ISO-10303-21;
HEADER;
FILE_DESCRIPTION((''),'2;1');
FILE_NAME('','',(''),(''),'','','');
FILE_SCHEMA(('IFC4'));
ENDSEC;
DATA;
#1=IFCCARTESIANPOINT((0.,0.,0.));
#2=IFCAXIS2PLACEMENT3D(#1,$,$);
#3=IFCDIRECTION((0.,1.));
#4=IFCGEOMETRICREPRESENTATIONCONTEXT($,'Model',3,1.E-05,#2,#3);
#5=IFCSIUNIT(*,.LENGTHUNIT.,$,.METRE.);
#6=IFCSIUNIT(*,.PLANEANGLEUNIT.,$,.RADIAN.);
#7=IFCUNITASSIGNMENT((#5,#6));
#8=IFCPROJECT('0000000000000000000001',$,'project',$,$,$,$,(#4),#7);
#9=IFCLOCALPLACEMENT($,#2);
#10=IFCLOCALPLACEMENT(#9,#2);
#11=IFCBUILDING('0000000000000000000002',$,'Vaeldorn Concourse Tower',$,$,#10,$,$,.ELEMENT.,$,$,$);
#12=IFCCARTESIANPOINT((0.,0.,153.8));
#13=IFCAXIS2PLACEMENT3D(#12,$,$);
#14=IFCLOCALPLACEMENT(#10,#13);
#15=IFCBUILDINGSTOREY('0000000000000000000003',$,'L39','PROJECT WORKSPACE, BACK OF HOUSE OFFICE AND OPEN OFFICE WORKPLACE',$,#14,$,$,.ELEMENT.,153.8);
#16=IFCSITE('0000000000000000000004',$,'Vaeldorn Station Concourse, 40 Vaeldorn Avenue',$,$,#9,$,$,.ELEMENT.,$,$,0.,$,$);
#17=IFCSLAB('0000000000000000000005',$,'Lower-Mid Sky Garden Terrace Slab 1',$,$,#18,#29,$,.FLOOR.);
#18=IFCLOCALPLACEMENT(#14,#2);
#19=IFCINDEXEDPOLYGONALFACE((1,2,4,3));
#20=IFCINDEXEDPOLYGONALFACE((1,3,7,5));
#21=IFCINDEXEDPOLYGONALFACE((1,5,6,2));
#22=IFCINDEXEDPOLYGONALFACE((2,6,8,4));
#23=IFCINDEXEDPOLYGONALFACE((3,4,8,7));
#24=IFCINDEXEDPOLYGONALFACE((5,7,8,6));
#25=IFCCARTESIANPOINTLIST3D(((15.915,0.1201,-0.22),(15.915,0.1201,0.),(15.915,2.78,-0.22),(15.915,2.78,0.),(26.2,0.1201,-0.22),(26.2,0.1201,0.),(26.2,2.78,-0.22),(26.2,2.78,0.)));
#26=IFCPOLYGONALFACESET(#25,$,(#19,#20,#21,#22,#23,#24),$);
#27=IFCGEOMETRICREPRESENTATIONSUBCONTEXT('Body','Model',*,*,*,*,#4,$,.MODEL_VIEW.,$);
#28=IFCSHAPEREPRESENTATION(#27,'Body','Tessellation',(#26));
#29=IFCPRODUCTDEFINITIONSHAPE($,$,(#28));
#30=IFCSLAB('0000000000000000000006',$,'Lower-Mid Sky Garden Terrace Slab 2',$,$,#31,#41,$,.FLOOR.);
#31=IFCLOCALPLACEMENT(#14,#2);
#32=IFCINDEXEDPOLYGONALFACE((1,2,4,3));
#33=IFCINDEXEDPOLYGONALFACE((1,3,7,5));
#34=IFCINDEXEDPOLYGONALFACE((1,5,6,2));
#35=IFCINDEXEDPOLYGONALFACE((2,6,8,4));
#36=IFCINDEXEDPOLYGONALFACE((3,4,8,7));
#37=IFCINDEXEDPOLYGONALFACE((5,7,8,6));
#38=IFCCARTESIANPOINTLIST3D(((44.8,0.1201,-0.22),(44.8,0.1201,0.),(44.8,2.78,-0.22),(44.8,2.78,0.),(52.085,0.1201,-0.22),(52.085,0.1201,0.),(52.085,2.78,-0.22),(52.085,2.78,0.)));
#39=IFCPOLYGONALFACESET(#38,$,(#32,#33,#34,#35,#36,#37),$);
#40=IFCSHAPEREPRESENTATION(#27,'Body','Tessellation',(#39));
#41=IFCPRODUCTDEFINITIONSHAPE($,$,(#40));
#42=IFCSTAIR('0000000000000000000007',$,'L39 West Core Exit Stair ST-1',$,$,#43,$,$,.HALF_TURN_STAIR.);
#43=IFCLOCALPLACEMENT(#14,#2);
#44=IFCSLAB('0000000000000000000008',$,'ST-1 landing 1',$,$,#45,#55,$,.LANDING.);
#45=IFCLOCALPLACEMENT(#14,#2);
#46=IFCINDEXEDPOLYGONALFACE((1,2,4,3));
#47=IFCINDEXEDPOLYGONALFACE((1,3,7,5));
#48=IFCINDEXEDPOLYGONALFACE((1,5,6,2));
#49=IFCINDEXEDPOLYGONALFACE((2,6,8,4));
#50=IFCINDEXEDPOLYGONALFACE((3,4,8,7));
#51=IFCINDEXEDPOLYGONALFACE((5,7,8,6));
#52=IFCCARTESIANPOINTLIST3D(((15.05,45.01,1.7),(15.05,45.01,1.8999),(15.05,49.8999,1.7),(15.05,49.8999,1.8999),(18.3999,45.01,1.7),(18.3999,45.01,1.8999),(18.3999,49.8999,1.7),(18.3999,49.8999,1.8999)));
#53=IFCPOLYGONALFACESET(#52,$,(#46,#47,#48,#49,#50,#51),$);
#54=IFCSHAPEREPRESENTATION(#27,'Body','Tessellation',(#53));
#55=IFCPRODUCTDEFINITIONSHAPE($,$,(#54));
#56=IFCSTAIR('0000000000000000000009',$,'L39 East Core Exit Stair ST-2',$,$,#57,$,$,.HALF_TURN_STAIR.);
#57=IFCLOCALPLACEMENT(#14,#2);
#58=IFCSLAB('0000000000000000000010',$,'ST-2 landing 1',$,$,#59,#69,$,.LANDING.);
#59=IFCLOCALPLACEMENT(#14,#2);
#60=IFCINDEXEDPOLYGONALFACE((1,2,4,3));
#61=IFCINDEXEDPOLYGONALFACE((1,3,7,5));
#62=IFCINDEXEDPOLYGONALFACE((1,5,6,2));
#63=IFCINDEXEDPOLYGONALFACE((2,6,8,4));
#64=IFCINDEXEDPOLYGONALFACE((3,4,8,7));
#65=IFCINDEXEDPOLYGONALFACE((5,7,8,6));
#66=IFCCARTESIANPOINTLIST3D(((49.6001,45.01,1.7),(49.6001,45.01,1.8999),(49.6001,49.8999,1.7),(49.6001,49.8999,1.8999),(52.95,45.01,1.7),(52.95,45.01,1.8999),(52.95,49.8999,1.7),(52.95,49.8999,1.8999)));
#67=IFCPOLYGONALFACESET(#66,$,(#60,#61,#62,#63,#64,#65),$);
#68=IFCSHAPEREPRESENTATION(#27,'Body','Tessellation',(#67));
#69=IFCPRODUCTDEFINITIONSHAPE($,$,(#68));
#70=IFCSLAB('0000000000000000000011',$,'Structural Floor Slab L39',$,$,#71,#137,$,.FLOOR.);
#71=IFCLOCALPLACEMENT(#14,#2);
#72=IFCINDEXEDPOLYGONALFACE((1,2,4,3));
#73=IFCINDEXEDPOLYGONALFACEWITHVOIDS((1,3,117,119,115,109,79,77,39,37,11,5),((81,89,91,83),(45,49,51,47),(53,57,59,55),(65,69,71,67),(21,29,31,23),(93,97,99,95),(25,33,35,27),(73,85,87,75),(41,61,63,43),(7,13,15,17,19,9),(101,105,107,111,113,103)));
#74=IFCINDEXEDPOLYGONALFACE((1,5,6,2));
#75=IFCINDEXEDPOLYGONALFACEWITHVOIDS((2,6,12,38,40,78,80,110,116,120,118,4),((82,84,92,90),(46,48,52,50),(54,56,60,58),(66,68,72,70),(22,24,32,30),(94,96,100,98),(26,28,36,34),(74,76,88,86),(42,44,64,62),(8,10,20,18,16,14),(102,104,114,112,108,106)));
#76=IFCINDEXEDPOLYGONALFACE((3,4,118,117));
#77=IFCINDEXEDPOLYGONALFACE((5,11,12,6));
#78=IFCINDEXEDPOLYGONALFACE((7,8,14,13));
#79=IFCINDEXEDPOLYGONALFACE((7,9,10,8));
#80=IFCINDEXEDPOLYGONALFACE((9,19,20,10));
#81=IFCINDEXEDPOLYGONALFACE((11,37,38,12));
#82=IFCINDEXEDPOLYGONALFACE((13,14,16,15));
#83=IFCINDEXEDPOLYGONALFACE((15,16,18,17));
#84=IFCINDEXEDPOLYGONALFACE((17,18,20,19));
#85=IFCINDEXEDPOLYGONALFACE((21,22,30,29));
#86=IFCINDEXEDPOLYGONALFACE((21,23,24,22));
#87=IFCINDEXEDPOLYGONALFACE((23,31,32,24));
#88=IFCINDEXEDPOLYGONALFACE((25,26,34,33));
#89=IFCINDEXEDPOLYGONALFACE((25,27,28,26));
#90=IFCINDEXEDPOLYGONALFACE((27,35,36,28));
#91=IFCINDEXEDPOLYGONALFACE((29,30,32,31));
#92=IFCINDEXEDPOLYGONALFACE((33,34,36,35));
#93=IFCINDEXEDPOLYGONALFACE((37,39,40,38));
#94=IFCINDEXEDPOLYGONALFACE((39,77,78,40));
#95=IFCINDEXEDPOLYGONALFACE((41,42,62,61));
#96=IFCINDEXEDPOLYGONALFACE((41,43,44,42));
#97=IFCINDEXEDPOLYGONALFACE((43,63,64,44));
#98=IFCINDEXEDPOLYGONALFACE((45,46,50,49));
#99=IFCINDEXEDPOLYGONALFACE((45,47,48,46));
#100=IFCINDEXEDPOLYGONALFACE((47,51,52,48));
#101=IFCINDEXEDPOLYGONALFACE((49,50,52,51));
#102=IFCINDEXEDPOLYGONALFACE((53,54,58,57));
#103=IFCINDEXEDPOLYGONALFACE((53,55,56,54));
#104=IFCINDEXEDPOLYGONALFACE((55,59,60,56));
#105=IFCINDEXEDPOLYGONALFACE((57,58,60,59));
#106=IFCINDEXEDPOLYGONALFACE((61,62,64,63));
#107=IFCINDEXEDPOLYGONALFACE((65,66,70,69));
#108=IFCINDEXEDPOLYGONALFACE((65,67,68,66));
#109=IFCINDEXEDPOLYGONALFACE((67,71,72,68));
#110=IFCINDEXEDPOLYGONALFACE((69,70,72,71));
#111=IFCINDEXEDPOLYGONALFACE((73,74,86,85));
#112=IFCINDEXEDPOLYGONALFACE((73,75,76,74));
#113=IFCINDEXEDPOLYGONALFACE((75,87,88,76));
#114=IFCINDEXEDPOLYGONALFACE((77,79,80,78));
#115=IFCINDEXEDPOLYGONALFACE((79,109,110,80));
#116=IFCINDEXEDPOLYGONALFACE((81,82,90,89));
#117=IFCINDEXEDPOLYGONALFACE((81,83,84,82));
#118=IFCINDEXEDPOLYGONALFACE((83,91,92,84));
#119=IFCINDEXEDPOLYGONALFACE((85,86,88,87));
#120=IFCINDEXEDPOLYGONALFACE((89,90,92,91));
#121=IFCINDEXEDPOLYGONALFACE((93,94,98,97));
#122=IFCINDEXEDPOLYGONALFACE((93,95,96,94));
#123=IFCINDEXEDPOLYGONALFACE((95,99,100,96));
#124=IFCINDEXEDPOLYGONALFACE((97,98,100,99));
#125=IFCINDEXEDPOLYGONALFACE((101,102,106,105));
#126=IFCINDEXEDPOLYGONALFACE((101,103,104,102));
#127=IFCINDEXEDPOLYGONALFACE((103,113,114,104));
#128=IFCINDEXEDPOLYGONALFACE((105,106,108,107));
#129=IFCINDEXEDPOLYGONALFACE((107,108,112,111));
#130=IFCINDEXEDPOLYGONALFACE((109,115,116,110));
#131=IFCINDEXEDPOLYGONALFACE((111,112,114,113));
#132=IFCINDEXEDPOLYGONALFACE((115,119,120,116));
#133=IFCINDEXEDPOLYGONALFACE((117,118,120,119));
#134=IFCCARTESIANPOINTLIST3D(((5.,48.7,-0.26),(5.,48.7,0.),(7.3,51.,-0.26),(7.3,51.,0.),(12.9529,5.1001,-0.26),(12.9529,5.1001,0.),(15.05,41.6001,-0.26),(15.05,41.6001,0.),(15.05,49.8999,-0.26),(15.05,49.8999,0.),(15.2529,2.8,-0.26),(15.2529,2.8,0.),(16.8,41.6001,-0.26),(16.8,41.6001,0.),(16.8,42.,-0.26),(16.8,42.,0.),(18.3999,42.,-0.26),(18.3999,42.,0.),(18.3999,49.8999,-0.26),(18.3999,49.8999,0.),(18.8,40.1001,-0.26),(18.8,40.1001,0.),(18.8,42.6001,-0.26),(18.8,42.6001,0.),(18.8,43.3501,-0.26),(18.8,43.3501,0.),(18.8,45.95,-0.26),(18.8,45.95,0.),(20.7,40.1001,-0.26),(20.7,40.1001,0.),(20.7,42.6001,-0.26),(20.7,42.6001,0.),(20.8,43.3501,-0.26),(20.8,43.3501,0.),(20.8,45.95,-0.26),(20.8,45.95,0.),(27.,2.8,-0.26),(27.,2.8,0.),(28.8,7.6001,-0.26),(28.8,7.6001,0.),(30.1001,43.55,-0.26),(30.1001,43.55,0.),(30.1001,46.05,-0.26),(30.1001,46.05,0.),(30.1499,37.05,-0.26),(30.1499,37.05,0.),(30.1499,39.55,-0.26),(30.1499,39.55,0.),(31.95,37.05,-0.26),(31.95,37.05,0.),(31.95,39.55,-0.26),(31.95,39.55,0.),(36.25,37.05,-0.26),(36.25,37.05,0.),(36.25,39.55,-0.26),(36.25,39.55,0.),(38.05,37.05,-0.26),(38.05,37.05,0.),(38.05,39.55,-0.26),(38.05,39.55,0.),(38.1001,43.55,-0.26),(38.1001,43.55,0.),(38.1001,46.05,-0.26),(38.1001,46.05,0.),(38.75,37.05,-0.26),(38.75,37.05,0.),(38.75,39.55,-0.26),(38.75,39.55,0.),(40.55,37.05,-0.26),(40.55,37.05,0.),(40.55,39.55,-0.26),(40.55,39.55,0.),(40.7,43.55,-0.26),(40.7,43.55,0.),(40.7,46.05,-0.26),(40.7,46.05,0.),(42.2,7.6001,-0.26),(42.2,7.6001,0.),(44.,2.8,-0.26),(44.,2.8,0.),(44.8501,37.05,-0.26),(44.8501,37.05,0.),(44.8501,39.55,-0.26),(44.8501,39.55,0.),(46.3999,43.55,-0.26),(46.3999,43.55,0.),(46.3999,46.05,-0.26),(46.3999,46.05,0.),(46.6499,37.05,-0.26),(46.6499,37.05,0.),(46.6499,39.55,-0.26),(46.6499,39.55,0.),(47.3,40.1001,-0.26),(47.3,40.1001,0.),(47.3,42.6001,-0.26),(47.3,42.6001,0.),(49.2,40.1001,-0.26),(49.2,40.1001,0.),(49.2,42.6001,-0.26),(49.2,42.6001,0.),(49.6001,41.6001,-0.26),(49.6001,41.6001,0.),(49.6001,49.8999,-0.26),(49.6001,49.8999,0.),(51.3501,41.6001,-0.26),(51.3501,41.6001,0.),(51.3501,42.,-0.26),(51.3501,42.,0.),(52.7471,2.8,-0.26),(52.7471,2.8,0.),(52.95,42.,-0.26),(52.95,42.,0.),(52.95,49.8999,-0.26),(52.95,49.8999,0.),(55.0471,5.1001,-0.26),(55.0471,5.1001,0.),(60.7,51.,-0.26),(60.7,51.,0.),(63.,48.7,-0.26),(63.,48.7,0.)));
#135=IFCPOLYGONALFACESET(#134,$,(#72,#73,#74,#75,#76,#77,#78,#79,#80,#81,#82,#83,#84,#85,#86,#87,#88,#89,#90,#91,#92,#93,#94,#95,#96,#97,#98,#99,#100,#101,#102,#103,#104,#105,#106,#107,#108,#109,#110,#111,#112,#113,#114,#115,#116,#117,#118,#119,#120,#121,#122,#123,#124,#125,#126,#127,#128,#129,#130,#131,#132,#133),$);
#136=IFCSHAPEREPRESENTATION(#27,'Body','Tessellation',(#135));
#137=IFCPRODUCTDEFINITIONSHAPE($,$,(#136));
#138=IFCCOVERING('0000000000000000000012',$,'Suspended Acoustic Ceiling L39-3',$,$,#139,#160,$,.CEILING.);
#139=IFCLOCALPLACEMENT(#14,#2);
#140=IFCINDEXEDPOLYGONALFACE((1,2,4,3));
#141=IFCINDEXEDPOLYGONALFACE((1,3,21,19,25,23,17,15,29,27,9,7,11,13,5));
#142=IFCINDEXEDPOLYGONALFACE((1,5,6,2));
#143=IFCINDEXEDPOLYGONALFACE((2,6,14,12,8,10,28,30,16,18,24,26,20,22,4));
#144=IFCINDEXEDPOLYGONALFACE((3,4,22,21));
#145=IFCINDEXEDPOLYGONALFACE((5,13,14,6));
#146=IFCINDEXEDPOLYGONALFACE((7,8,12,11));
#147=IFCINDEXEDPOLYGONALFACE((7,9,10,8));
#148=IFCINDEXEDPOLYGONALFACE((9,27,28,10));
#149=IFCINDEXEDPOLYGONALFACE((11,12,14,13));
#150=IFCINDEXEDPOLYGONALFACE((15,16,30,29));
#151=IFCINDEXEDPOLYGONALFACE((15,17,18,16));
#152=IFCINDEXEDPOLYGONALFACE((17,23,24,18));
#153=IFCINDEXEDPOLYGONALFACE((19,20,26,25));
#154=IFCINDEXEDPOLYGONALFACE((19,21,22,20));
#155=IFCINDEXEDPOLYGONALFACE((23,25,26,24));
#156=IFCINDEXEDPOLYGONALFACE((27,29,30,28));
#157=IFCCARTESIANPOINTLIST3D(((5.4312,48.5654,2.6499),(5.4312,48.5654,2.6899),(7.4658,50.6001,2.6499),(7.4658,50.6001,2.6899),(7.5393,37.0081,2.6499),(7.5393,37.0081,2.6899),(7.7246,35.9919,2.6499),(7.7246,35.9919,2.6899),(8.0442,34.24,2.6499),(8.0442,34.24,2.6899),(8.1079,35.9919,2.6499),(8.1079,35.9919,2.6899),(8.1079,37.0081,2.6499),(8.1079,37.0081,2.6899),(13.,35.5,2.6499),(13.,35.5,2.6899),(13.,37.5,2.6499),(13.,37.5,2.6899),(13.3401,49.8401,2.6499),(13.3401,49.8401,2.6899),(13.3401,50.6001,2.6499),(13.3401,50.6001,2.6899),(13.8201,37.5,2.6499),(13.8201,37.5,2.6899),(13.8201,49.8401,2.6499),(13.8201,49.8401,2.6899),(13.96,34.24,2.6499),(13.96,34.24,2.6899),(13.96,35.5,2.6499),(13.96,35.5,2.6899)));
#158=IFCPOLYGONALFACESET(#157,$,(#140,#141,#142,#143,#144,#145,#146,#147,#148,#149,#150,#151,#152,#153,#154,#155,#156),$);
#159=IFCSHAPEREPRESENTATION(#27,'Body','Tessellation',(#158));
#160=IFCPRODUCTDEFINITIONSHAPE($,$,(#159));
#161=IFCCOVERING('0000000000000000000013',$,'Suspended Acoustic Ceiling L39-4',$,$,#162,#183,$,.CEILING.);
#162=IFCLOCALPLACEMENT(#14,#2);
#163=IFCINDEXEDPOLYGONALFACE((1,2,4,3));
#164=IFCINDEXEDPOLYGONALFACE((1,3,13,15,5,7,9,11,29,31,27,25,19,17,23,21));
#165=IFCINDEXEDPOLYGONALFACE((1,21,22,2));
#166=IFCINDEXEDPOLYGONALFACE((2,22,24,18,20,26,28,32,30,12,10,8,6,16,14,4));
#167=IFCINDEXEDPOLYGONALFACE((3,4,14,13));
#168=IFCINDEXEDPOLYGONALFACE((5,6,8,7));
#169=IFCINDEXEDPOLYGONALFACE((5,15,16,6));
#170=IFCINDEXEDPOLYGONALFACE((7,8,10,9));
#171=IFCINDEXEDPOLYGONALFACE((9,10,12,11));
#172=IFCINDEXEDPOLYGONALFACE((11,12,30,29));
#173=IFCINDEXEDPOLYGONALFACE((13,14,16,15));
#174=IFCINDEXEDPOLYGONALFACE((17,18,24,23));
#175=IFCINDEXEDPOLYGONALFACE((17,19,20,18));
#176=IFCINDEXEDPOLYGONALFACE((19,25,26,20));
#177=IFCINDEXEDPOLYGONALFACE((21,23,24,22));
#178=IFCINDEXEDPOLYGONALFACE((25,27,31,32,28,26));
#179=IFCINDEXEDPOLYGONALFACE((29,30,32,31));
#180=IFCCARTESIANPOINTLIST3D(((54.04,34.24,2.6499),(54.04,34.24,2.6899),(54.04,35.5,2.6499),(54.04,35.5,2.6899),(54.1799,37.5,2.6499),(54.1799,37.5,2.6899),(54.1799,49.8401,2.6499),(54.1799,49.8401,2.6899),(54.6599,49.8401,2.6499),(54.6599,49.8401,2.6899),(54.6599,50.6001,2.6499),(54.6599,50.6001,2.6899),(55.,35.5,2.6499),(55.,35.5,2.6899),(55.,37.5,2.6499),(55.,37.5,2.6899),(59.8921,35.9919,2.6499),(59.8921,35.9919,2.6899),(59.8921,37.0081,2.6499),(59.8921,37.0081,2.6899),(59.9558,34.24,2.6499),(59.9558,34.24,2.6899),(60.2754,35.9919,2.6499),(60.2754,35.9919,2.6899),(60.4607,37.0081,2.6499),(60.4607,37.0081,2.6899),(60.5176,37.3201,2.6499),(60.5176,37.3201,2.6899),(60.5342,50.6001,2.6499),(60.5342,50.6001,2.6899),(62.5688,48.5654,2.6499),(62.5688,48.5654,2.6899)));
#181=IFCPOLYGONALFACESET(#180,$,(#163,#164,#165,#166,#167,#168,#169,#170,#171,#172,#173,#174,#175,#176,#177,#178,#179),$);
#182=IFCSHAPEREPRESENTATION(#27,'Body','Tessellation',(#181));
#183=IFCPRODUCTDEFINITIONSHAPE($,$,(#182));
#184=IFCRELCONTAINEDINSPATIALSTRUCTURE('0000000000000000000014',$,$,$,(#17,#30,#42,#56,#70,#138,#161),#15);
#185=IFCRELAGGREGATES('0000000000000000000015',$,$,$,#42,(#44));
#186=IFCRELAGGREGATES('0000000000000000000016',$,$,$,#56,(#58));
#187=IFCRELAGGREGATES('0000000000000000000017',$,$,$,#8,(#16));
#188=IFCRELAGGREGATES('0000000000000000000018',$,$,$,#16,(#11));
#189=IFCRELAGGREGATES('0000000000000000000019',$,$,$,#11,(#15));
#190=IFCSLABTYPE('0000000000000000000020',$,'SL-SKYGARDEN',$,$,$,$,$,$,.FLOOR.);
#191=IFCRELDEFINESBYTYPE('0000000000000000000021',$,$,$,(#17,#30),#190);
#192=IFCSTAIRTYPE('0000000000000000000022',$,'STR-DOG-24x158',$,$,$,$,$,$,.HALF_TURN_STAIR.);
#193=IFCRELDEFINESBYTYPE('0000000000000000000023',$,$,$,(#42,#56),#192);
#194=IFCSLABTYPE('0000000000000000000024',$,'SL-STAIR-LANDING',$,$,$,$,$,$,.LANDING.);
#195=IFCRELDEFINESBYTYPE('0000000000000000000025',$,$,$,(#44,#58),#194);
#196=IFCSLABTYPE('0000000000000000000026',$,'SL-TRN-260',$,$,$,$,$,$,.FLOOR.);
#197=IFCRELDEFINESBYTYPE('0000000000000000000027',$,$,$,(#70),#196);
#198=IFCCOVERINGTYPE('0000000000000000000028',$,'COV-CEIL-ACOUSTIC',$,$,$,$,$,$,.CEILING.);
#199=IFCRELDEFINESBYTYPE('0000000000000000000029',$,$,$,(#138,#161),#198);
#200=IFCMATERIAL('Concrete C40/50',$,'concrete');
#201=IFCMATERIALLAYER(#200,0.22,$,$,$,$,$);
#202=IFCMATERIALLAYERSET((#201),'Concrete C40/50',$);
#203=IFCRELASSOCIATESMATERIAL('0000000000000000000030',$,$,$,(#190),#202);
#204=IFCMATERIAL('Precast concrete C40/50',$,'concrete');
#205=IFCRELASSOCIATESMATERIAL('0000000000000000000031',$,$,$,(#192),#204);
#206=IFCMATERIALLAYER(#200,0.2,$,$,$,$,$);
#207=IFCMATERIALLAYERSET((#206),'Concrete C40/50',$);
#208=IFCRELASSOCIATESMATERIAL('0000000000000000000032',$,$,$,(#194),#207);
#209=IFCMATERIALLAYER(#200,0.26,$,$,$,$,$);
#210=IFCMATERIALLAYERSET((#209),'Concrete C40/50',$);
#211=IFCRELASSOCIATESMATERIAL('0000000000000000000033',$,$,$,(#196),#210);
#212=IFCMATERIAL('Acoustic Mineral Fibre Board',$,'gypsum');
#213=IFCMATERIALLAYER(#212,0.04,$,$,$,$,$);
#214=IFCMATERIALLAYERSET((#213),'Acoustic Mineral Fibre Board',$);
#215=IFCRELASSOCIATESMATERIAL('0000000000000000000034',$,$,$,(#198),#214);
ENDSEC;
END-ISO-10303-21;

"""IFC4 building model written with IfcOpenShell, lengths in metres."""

from ifc_helpers import new_model, si_unit, direction, frame, origin, place, context, subcontext, project, spatial, polyline, outline, extrude, material, layer, layer_set, type_object, element, aggregate, save


model = new_model("IFC4")

# Units and contexts
model_context = context("Model", 3, precision=1e-05, world=origin(), true_north=direction((0.0, 1.0)))
body_context = subcontext(model_context, "Body", "Model", "MODEL_VIEW")
ifc_project = project(units=[si_unit("LENGTHUNIT", "METRE"), si_unit("PLANEANGLEUNIT", "RADIAN")], contexts=[model_context])

# Site, building, storey
site_placement = place(None, origin())
site = spatial("IfcSite", under=ifc_project, at=site_placement, Name="Vaeldorn Station Concourse, 40 Vaeldorn Avenue", CompositionType="ELEMENT", RefElevation=0.0)
building_placement = place(site_placement, origin())
building = spatial("IfcBuilding", under=site, at=building_placement, Name="Vaeldorn Concourse Tower", CompositionType="ELEMENT")
storey_placement = place(building_placement, frame((0.0, 0.0, 153.8)))
storey = spatial("IfcBuildingStorey", under=building, at=storey_placement, Name="L39", Description="PROJECT WORKSPACE, BACK OF HOUSE OFFICE AND OPEN OFFICE WORKPLACE", CompositionType="ELEMENT", Elevation=153.8)

# Slabs
ifc_material_1 = material(Name="Concrete C40/50", Category="concrete")
ifc_layer_1 = layer(ifc_material_1, 0.22)
ifc_layer_set_1 = layer_set([ifc_layer_1], Name="Concrete C40/50")
slab_type_1 = type_object("IfcSlabType", Name="SL-SKYGARDEN", PredefinedType="FLOOR", material=ifc_layer_set_1)
slab_1_placement = place(storey_placement, frame((0.0, 0.0, -0.22)))
element("IfcSlab", 1, at=slab_1_placement, inside=storey, type_object=slab_type_1, Name="Lower-Mid Sky Garden Terrace Slab 1", PredefinedType="FLOOR", context=body_context, shape_type="SweptSolid", body=[
    extrude(outline(polyline([(15.915, 0.1201), (26.2, 0.1201), (26.2, 2.78), (15.915, 2.78), (15.915, 0.1201)])), origin(), (0.0, 0.0, 1.0), 0.22),
])
slab_2_placement = place(storey_placement, frame((0.0, 0.0, -0.22)))
element("IfcSlab", 2, at=slab_2_placement, inside=storey, type_object=slab_type_1, Name="Lower-Mid Sky Garden Terrace Slab 2", PredefinedType="FLOOR", context=body_context, shape_type="SweptSolid", body=[
    extrude(outline(polyline([(44.8, 0.1201), (52.085, 0.1201), (52.085, 2.78), (44.8, 2.78), (44.8, 0.1201)])), origin(), (0.0, 0.0, 1.0), 0.22),
])

# Stairs, slabs
ifc_material_2 = material(Name="Precast concrete C40/50", Category="concrete")
stair_type = type_object("IfcStairType", Name="STR-DOG-24x158", PredefinedType="HALF_TURN_STAIR", material=ifc_material_2)
stair_1_placement = place(storey_placement, origin())
stair_1 = element("IfcStair", 3, at=stair_1_placement, inside=storey, type_object=stair_type, Name="L39 West Core Exit Stair ST-1", PredefinedType="HALF_TURN_STAIR")
ifc_layer_2 = layer(ifc_material_1, 0.2)
ifc_layer_set_2 = layer_set([ifc_layer_2], Name="Concrete C40/50")
slab_type_2 = type_object("IfcSlabType", Name="SL-STAIR-LANDING", PredefinedType="LANDING", material=ifc_layer_set_2)
slab_3_placement = place(storey_placement, frame((0.0, 0.0, 1.7)))
slab_3 = element("IfcSlab", 4, at=slab_3_placement, type_object=slab_type_2, Name="ST-1 landing 1", PredefinedType="LANDING", context=body_context, shape_type="SweptSolid", body=[
    extrude(outline(polyline([(18.3999, 45.01), (18.3999, 49.8999), (15.05, 49.8999), (15.05, 45.01), (18.3999, 45.01)])), origin(), (0.0, 0.0, 1.0), 0.2),
])
aggregate(stair_1, [slab_3])
stair_2_placement = place(storey_placement, origin())
stair_2 = element("IfcStair", 5, at=stair_2_placement, inside=storey, type_object=stair_type, Name="L39 East Core Exit Stair ST-2", PredefinedType="HALF_TURN_STAIR")
slab_4_placement = place(storey_placement, frame((0.0, 0.0, 1.7)))
slab_4 = element("IfcSlab", 6, at=slab_4_placement, type_object=slab_type_2, Name="ST-2 landing 1", PredefinedType="LANDING", context=body_context, shape_type="SweptSolid", body=[
    extrude(outline(polyline([(52.95, 45.01), (52.95, 49.8999), (49.6001, 49.8999), (49.6001, 45.01), (52.95, 45.01)])), origin(), (0.0, 0.0, 1.0), 0.2),
])
aggregate(stair_2, [slab_4])

# Slab
ifc_layer_3 = layer(ifc_material_1, 0.26)
ifc_layer_set_3 = layer_set([ifc_layer_3], Name="Concrete C40/50")
slab_type_3 = type_object("IfcSlabType", Name="SL-TRN-260", PredefinedType="FLOOR", material=ifc_layer_set_3)
slab_5_placement = place(storey_placement, frame((0.0, 0.0, -0.26)))
element("IfcSlab", 7, at=slab_5_placement, inside=storey, type_object=slab_type_3, Name="Structural Floor Slab L39", PredefinedType="FLOOR", context=body_context, shape_type="SweptSolid", body=[
    extrude(outline(polyline([(15.2529, 2.8), (27.0, 2.8), (28.8, 7.6001), (42.2, 7.6001), (44.0, 2.8), (52.7471, 2.8), (55.0471, 5.1001), (63.0, 48.7), (60.7, 51.0), (7.3, 51.0), (5.0, 48.7), (12.9529, 5.1001), (15.2529, 2.8)]), holes=[polyline([(18.3999, 42.0), (18.3999, 49.8999), (15.05, 49.8999), (15.05, 41.6001), (16.8, 41.6001), (16.8, 42.0), (18.3999, 42.0)]), polyline([(52.95, 42.0), (52.95, 49.8999), (49.6001, 49.8999), (49.6001, 41.6001), (51.3501, 41.6001), (51.3501, 42.0), (52.95, 42.0)]), polyline([(30.1499, 37.05), (31.95, 37.05), (31.95, 39.55), (30.1499, 39.55), (30.1499, 37.05)]), polyline([(36.25, 37.05), (38.05, 37.05), (38.05, 39.55), (36.25, 39.55), (36.25, 37.05)]), polyline([(30.1001, 43.55), (38.1001, 43.55), (38.1001, 46.05), (30.1001, 46.05), (30.1001, 43.55)]), polyline([(38.75, 37.05), (40.55, 37.05), (40.55, 39.55), (38.75, 39.55), (38.75, 37.05)]), polyline([(44.8501, 37.05), (46.6499, 37.05), (46.6499, 39.55), (44.8501, 39.55), (44.8501, 37.05)]), polyline([(40.7, 43.55), (46.3999, 43.55), (46.3999, 46.05), (40.7, 46.05), (40.7, 43.55)]), polyline([(18.8, 43.3501), (20.8, 43.3501), (20.8, 45.95), (18.8, 45.95), (18.8, 43.3501)]), polyline([(18.8, 40.1001), (20.7, 40.1001), (20.7, 42.6001), (18.8, 42.6001), (18.8, 40.1001)]), polyline([(47.3, 40.1001), (49.2, 40.1001), (49.2, 42.6001), (47.3, 42.6001), (47.3, 40.1001)])]), origin(), (0.0, 0.0, 1.0), 0.26),
])

# Coverings
ifc_material_3 = material(Name="Acoustic Mineral Fibre Board", Category="gypsum")
ifc_layer_4 = layer(ifc_material_3, 0.04)
ifc_layer_set_4 = layer_set([ifc_layer_4], Name="Acoustic Mineral Fibre Board")
covering_type_1 = type_object("IfcCoveringType", Name="COV-CEIL-ACOUSTIC", PredefinedType="CEILING", material=ifc_layer_set_4)
covering_1_placement = place(storey_placement, frame((0.0, 0.0, 2.6499)))
element("IfcCovering", 8, at=covering_1_placement, inside=storey, type_object=covering_type_1, Name="Suspended Acoustic Ceiling L39-3", PredefinedType="CEILING", context=body_context, shape_type="SweptSolid", body=[
    extrude(outline(polyline([(7.4658, 50.6001), (13.3401, 50.6001), (13.3401, 49.8401), (13.8201, 49.8401), (13.8201, 37.5), (13.0, 37.5), (13.0, 35.5), (13.96, 35.5), (13.96, 34.24), (8.0442, 34.24), (7.7246, 35.9919), (8.1079, 35.9919), (8.1079, 37.0081), (7.5393, 37.0081), (5.4312, 48.5654), (7.4658, 50.6001)])), origin(), (0.0, 0.0, 1.0), 0.04),
])
covering_2_placement = place(storey_placement, frame((0.0, 0.0, 2.6499)))
element("IfcCovering", 9, at=covering_2_placement, inside=storey, type_object=covering_type_1, Name="Suspended Acoustic Ceiling L39-4", PredefinedType="CEILING", context=body_context, shape_type="SweptSolid", body=[
    extrude(outline(polyline([(54.1799, 49.8401), (54.6599, 49.8401), (54.6599, 50.6001), (60.5342, 50.6001), (62.5688, 48.5654), (60.5176, 37.3201), (60.5176, 37.3201), (60.4607, 37.0081), (59.8921, 37.0081), (59.8921, 35.9919), (60.2754, 35.9919), (59.9558, 34.24), (54.04, 34.24), (54.04, 35.5), (55.0, 35.5), (55.0, 37.5), (54.1799, 37.5), (54.1799, 49.8401)])), origin(), (0.0, 0.0, 1.0), 0.04),
])

save(model, "model.ifc")
